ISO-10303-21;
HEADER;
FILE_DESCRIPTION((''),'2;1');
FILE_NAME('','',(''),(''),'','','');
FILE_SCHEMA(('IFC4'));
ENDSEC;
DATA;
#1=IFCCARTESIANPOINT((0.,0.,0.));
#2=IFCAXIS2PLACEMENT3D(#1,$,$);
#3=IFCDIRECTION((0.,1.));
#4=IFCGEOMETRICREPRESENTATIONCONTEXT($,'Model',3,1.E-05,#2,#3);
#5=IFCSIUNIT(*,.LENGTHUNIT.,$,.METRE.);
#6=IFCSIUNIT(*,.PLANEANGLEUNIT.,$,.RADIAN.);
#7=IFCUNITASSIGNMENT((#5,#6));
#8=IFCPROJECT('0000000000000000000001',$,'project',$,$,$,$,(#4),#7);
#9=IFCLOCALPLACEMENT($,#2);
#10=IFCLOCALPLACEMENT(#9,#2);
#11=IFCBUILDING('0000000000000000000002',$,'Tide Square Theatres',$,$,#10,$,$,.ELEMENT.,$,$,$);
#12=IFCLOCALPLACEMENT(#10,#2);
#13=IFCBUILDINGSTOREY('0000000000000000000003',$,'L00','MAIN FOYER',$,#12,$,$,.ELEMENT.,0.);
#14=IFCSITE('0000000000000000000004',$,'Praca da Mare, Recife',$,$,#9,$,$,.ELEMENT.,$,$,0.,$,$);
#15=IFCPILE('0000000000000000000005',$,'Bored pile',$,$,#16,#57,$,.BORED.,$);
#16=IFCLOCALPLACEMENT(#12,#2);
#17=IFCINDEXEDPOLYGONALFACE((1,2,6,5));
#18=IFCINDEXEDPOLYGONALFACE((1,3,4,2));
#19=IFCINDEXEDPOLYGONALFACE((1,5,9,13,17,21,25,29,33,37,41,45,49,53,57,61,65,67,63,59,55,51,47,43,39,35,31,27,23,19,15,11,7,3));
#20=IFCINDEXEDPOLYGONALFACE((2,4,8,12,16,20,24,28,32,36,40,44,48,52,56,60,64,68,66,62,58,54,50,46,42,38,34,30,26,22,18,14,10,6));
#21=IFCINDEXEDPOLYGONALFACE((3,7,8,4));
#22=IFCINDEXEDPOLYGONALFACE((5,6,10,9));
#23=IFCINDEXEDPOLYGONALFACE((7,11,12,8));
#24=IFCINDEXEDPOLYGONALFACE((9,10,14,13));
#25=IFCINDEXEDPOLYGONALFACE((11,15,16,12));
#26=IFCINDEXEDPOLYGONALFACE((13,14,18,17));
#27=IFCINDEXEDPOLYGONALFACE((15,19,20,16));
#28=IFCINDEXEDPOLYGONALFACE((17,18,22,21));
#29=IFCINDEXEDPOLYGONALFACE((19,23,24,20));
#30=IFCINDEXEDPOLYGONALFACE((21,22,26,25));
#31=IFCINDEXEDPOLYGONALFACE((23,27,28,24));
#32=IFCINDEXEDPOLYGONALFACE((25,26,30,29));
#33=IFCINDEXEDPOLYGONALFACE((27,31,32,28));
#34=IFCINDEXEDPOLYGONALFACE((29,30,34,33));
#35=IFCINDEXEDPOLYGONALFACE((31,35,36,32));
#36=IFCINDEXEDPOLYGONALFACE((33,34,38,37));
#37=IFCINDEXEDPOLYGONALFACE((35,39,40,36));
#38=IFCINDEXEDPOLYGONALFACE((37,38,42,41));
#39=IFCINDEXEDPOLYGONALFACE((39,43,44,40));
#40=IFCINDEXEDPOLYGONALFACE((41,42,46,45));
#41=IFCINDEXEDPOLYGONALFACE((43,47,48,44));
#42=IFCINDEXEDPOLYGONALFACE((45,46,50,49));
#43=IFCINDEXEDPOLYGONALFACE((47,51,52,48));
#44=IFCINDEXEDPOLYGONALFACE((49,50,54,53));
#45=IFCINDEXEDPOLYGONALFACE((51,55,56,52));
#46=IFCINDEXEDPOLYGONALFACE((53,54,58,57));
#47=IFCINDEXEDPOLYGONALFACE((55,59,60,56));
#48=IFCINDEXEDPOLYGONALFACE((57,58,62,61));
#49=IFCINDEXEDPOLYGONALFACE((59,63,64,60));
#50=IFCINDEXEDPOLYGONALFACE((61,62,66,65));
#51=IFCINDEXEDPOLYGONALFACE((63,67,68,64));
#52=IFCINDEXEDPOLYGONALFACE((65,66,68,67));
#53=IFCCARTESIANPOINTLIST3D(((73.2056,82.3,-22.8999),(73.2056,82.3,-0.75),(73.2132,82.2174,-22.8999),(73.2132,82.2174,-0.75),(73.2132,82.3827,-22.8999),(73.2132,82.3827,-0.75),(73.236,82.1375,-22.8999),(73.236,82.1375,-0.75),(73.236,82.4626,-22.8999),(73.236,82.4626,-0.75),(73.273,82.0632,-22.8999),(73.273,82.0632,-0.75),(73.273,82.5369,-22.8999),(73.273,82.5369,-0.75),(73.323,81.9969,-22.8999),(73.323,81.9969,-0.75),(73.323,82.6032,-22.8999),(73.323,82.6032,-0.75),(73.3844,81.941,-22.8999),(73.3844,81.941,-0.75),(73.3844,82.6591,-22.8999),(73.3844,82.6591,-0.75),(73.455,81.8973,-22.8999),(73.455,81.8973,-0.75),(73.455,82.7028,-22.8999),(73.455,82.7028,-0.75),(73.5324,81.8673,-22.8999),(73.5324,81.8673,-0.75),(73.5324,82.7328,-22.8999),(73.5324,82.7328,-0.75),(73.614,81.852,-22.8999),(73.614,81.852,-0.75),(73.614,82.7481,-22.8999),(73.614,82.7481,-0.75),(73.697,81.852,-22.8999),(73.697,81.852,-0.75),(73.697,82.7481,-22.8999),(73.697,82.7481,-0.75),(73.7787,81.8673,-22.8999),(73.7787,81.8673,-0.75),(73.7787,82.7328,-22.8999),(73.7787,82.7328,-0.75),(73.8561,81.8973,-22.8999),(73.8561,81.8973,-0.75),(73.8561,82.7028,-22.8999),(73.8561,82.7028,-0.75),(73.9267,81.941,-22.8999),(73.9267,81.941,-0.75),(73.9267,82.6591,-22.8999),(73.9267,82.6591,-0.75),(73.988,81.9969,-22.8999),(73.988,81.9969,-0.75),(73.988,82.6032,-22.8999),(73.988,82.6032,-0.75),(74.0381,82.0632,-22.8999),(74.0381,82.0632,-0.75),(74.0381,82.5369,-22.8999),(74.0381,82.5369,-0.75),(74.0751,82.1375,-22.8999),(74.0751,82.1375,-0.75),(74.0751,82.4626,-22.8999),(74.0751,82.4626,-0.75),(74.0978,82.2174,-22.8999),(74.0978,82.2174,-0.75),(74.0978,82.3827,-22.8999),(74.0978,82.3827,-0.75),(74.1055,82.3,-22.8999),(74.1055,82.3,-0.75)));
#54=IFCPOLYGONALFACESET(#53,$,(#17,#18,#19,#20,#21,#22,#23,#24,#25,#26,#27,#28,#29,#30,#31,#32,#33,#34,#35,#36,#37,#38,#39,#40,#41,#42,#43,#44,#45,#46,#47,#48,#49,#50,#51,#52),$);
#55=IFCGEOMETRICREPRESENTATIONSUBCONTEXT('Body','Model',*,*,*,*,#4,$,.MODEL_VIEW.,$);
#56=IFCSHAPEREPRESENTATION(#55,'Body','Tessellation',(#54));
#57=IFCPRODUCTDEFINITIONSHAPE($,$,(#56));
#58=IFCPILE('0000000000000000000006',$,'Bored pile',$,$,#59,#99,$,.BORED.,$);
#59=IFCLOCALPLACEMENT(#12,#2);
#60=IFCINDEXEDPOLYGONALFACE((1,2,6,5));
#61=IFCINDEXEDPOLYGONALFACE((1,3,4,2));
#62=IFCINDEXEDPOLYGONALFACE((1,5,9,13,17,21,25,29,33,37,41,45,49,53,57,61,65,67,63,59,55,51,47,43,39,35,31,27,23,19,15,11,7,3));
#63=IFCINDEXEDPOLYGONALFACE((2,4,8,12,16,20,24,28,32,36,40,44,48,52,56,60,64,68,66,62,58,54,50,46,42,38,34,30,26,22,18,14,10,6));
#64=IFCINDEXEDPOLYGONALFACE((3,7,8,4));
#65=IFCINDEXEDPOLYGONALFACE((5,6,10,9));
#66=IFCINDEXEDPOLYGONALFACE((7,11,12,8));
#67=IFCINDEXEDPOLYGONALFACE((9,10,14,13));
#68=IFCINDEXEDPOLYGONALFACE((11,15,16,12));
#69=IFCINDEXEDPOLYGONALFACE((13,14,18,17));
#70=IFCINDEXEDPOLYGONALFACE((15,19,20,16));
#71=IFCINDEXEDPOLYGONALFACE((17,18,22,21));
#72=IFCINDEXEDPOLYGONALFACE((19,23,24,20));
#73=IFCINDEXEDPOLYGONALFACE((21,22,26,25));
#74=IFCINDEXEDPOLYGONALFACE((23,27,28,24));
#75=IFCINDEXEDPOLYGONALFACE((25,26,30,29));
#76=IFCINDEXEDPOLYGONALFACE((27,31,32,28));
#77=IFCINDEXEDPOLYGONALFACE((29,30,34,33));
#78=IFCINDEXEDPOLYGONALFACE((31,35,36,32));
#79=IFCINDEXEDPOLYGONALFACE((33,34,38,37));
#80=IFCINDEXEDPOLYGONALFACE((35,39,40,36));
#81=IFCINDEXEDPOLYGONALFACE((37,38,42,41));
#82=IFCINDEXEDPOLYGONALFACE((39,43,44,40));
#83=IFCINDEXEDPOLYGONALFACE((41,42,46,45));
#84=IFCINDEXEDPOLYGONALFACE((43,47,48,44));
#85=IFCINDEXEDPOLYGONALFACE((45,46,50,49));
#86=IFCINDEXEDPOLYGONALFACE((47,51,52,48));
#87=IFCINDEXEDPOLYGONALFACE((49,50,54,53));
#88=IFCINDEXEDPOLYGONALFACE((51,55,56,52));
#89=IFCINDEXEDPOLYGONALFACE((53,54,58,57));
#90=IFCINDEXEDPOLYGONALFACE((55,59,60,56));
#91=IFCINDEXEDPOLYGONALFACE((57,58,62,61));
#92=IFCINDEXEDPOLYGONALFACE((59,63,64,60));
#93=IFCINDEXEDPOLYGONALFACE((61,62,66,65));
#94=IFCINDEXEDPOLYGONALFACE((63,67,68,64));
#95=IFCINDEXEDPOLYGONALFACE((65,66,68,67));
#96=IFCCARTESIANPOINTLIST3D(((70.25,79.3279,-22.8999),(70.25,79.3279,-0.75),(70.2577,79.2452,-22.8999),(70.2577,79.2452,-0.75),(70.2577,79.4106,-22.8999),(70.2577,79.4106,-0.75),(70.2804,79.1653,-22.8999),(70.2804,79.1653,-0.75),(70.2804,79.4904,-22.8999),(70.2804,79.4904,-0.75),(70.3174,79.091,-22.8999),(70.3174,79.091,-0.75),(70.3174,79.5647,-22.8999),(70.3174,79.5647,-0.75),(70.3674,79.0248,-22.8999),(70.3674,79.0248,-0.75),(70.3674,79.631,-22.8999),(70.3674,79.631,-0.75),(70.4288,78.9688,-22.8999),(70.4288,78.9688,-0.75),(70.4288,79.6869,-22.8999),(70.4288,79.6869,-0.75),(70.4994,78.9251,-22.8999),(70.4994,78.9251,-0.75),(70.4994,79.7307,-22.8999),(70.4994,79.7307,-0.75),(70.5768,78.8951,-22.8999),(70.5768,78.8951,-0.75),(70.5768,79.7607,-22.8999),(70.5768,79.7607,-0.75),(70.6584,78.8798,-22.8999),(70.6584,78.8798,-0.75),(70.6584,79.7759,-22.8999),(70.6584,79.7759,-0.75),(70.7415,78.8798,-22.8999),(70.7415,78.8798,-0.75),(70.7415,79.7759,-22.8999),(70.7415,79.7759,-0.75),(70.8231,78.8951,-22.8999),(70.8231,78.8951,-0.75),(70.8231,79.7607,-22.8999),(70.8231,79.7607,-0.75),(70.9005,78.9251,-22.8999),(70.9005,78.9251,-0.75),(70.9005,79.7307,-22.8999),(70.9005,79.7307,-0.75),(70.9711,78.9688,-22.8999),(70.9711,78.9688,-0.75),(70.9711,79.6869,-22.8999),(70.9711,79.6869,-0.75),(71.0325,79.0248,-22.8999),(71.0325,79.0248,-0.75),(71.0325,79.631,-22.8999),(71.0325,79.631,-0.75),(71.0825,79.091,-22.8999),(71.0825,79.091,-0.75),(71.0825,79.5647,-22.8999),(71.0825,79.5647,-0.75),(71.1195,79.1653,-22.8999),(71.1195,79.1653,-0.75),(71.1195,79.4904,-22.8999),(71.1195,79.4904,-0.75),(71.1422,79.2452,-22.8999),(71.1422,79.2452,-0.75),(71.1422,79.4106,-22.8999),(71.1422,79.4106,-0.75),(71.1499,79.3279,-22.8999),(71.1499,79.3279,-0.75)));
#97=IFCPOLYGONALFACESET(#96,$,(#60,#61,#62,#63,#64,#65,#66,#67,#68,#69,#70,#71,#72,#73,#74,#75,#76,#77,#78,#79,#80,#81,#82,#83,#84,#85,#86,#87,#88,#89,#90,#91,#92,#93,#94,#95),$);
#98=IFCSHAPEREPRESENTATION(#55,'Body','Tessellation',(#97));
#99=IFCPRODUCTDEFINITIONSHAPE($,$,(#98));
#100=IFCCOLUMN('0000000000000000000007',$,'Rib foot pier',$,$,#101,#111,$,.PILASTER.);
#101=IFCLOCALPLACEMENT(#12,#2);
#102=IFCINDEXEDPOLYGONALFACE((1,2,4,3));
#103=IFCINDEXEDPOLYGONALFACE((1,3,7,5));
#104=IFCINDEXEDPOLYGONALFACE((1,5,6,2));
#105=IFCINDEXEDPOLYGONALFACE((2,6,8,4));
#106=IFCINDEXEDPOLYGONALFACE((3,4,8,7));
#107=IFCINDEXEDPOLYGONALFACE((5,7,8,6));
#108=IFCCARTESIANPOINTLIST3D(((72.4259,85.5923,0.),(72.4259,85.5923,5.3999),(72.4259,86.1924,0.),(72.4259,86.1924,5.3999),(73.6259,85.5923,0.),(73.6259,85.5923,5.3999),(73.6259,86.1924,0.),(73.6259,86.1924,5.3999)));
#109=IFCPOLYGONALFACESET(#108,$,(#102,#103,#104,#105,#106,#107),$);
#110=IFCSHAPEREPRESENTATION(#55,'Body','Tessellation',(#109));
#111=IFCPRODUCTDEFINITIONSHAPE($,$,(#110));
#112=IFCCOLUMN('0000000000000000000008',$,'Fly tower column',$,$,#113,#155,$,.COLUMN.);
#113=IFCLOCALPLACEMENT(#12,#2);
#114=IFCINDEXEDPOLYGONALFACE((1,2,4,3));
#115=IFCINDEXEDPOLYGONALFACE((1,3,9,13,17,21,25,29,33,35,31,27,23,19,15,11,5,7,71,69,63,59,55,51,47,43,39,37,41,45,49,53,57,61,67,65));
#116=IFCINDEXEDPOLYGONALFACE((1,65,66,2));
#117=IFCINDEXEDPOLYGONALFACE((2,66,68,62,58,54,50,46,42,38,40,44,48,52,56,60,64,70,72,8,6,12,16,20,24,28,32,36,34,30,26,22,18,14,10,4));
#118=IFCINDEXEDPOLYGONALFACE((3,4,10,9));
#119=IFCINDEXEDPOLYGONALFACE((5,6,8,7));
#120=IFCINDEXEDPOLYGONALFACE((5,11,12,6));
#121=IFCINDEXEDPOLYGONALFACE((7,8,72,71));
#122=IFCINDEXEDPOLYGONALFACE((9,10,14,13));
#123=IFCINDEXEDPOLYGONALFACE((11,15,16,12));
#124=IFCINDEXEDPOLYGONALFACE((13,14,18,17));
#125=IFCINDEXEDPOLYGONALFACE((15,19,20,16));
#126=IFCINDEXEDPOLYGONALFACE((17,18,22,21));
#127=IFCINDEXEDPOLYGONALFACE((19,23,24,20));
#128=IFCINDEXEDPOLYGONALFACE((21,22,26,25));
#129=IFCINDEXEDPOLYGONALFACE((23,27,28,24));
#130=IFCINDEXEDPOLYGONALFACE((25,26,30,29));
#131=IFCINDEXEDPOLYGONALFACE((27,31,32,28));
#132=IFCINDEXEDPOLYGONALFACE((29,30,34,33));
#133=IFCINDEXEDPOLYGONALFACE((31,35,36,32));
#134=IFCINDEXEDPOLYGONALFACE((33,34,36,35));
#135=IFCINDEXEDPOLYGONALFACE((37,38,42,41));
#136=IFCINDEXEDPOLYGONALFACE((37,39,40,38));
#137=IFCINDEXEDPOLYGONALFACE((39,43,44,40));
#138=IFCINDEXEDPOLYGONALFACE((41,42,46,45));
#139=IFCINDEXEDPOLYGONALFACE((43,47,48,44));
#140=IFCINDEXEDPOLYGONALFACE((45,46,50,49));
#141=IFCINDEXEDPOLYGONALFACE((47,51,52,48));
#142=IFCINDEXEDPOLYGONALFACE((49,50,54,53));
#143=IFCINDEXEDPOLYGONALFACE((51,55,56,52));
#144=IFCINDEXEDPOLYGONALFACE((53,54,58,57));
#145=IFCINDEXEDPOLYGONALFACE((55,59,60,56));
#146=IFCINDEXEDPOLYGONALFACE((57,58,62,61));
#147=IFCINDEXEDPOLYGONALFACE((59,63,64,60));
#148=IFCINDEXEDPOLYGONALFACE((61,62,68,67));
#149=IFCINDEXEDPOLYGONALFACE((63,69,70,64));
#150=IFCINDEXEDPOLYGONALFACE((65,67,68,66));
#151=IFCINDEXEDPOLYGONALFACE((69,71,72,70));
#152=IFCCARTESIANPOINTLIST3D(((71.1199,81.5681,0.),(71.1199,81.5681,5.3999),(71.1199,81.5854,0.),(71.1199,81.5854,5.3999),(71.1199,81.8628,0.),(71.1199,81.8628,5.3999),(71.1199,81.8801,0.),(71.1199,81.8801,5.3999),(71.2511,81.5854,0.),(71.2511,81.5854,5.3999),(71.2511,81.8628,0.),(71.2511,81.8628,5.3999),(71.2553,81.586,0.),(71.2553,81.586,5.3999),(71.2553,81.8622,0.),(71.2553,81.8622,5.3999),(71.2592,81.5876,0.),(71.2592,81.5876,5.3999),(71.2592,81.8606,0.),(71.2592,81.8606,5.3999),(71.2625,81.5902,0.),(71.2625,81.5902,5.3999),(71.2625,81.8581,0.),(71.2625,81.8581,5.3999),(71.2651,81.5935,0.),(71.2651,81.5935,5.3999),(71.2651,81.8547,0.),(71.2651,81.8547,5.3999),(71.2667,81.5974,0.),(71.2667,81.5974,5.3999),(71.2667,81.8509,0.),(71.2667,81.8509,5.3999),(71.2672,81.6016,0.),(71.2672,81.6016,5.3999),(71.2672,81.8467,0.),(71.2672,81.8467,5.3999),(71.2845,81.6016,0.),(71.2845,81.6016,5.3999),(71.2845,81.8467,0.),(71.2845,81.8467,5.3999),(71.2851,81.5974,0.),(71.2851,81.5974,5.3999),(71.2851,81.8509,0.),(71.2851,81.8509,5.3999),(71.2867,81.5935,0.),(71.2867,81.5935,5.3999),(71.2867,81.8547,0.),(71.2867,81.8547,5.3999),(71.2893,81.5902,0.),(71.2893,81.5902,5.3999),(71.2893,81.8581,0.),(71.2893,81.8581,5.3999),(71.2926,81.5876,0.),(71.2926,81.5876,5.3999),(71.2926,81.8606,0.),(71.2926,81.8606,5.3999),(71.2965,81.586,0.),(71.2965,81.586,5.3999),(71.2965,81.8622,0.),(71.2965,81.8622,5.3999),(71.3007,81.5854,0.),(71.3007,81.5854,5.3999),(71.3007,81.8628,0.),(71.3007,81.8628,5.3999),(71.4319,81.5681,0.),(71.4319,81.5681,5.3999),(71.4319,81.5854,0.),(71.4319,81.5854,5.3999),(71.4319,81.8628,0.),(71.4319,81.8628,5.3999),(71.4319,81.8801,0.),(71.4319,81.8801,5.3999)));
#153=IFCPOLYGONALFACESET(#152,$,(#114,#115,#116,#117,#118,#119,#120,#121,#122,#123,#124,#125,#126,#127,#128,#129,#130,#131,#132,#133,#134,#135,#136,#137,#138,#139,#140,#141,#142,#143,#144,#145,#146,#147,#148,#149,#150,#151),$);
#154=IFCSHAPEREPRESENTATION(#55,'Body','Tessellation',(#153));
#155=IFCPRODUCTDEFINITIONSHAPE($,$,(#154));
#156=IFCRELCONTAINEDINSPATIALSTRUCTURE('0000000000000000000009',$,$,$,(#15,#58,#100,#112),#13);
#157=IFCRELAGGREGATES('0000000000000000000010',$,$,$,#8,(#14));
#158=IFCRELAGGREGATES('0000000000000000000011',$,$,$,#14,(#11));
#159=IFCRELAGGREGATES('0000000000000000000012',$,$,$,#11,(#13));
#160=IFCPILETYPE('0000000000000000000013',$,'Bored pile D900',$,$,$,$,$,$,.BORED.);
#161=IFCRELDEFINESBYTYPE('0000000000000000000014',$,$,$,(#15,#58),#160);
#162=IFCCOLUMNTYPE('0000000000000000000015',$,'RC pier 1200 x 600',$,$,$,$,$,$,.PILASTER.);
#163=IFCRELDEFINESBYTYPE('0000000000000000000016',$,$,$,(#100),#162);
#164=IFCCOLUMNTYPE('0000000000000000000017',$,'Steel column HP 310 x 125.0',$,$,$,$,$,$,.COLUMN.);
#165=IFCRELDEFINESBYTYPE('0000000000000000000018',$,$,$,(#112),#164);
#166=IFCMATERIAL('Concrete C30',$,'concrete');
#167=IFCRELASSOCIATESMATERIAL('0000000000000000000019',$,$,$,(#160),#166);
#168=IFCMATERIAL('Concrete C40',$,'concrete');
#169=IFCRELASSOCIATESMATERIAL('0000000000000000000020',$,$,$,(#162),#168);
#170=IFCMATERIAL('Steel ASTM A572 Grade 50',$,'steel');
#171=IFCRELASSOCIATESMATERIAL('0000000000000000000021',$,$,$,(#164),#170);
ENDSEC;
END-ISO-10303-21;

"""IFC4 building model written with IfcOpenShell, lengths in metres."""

from ifc_helpers import new_model, si_unit, direction, frame, origin, origin_2d, place, context, subcontext, project, spatial, rectangle, circle, i_section, extrude, material, material_profile, profile_set, type_object, element, save


model = new_model("IFC4")

# Units and contexts
model_context = context("Model", 3, precision=1e-05, world=origin(), true_north=direction((0.0, 1.0)))
body_context = subcontext(model_context, "Body", "Model", "MODEL_VIEW")
ifc_project = project(units=[si_unit("LENGTHUNIT", "METRE"), si_unit("PLANEANGLEUNIT", "RADIAN")], contexts=[model_context])

# Site, building, storey
site_placement = place(None, origin())
site = spatial("IfcSite", under=ifc_project, at=site_placement, Name="Praca da Mare, Recife", CompositionType="ELEMENT", RefElevation=0.0)
building_placement = place(site_placement, origin())
building = spatial("IfcBuilding", under=site, at=building_placement, Name="Tide Square Theatres", CompositionType="ELEMENT")
storey_placement = place(building_placement, origin())
storey = spatial("IfcBuildingStorey", under=building, at=storey_placement, Name="L00", Description="MAIN FOYER", CompositionType="ELEMENT", Elevation=0.0)

# Piles
ifc_material_1 = material(Name="Concrete C30", Category="concrete")
ifc_material_profile_1 = material_profile(ifc_material_1, circle(Radius=0.45, at=origin_2d()))
ifc_profile_set_1 = profile_set([ifc_material_profile_1], Name="Concrete C30")
pile_type_1 = type_object("IfcPileType", Name="Bored pile D900", PredefinedType="BORED", material=ifc_profile_set_1)
for number, where, z_axis, x_axis, name in (
    (1, (73.6555, 82.3, -0.75), (0.0, 0.0, -1.0), (1.0, 0.0, 0.0), "Bored pile"),
    (2, (70.7, 79.3279, -0.75), (0.0, 0.0, -1.0), (1.0, 0.0, 0.0), "Bored pile"),
):
    element("IfcPile", number, at=place(storey_placement, frame(where, z_axis=z_axis, x_axis=x_axis)), inside=storey, type_object=pile_type_1, Name=name, PredefinedType="BORED", context=body_context, shape_type="SweptSolid", body=[
        extrude(circle(Radius=0.45, at=origin_2d()), origin(), (0.0, 0.0, 1.0), 22.1499),
    ])

# Columns
ifc_material_2 = material(Name="Concrete C40", Category="concrete")
ifc_material_profile_2 = material_profile(ifc_material_2, rectangle(XDim=1.2, YDim=0.6001, at=origin_2d()))
ifc_profile_set_2 = profile_set([ifc_material_profile_2], Name="Concrete C40")
column_type_1 = type_object("IfcColumnType", Name="RC pier 1200 x 600", PredefinedType="PILASTER", material=ifc_profile_set_2)
column_1_placement = place(storey_placement, frame((73.0259, 85.8923, 0.0), z_axis=(0.0, 0.0, 1.0), x_axis=(-1.0, 0.0, 0.0)))
element("IfcColumn", 3, at=column_1_placement, inside=storey, type_object=column_type_1, Name="Rib foot pier", PredefinedType="PILASTER", context=body_context, shape_type="SweptSolid", body=[
    extrude(rectangle(XDim=1.2, YDim=0.6001, at=origin_2d()), origin(), (0.0, 0.0, 1.0), 5.3999),
])
ifc_material_3 = material(Name="Steel ASTM A572 Grade 50", Category="steel")
ifc_material_profile_3 = material_profile(ifc_material_3, i_section(OverallWidth=0.312, OverallDepth=0.312, WebThickness=0.0173, FlangeThickness=0.0173, FilletRadius=0.0161, at=origin_2d()))
ifc_profile_set_3 = profile_set([ifc_material_profile_3], Name="Steel ASTM A572 Grade 50")
column_type_2 = type_object("IfcColumnType", Name="Steel column HP 310 x 125.0", PredefinedType="COLUMN", material=ifc_profile_set_3)
column_2_placement = place(storey_placement, frame((71.2759, 81.7241, 0.0), z_axis=(0.0, 0.0, 1.0), x_axis=(1.0, 0.0, 0.0)))
element("IfcColumn", 4, at=column_2_placement, inside=storey, type_object=column_type_2, Name="Fly tower column", PredefinedType="COLUMN", context=body_context, shape_type="SweptSolid", body=[
    extrude(i_section(OverallWidth=0.312, OverallDepth=0.312, WebThickness=0.0173, FlangeThickness=0.0173, FilletRadius=0.0161, at=origin_2d()), origin(), (0.0, 0.0, 1.0), 5.3999),
])

save(model, "model.ifc")
